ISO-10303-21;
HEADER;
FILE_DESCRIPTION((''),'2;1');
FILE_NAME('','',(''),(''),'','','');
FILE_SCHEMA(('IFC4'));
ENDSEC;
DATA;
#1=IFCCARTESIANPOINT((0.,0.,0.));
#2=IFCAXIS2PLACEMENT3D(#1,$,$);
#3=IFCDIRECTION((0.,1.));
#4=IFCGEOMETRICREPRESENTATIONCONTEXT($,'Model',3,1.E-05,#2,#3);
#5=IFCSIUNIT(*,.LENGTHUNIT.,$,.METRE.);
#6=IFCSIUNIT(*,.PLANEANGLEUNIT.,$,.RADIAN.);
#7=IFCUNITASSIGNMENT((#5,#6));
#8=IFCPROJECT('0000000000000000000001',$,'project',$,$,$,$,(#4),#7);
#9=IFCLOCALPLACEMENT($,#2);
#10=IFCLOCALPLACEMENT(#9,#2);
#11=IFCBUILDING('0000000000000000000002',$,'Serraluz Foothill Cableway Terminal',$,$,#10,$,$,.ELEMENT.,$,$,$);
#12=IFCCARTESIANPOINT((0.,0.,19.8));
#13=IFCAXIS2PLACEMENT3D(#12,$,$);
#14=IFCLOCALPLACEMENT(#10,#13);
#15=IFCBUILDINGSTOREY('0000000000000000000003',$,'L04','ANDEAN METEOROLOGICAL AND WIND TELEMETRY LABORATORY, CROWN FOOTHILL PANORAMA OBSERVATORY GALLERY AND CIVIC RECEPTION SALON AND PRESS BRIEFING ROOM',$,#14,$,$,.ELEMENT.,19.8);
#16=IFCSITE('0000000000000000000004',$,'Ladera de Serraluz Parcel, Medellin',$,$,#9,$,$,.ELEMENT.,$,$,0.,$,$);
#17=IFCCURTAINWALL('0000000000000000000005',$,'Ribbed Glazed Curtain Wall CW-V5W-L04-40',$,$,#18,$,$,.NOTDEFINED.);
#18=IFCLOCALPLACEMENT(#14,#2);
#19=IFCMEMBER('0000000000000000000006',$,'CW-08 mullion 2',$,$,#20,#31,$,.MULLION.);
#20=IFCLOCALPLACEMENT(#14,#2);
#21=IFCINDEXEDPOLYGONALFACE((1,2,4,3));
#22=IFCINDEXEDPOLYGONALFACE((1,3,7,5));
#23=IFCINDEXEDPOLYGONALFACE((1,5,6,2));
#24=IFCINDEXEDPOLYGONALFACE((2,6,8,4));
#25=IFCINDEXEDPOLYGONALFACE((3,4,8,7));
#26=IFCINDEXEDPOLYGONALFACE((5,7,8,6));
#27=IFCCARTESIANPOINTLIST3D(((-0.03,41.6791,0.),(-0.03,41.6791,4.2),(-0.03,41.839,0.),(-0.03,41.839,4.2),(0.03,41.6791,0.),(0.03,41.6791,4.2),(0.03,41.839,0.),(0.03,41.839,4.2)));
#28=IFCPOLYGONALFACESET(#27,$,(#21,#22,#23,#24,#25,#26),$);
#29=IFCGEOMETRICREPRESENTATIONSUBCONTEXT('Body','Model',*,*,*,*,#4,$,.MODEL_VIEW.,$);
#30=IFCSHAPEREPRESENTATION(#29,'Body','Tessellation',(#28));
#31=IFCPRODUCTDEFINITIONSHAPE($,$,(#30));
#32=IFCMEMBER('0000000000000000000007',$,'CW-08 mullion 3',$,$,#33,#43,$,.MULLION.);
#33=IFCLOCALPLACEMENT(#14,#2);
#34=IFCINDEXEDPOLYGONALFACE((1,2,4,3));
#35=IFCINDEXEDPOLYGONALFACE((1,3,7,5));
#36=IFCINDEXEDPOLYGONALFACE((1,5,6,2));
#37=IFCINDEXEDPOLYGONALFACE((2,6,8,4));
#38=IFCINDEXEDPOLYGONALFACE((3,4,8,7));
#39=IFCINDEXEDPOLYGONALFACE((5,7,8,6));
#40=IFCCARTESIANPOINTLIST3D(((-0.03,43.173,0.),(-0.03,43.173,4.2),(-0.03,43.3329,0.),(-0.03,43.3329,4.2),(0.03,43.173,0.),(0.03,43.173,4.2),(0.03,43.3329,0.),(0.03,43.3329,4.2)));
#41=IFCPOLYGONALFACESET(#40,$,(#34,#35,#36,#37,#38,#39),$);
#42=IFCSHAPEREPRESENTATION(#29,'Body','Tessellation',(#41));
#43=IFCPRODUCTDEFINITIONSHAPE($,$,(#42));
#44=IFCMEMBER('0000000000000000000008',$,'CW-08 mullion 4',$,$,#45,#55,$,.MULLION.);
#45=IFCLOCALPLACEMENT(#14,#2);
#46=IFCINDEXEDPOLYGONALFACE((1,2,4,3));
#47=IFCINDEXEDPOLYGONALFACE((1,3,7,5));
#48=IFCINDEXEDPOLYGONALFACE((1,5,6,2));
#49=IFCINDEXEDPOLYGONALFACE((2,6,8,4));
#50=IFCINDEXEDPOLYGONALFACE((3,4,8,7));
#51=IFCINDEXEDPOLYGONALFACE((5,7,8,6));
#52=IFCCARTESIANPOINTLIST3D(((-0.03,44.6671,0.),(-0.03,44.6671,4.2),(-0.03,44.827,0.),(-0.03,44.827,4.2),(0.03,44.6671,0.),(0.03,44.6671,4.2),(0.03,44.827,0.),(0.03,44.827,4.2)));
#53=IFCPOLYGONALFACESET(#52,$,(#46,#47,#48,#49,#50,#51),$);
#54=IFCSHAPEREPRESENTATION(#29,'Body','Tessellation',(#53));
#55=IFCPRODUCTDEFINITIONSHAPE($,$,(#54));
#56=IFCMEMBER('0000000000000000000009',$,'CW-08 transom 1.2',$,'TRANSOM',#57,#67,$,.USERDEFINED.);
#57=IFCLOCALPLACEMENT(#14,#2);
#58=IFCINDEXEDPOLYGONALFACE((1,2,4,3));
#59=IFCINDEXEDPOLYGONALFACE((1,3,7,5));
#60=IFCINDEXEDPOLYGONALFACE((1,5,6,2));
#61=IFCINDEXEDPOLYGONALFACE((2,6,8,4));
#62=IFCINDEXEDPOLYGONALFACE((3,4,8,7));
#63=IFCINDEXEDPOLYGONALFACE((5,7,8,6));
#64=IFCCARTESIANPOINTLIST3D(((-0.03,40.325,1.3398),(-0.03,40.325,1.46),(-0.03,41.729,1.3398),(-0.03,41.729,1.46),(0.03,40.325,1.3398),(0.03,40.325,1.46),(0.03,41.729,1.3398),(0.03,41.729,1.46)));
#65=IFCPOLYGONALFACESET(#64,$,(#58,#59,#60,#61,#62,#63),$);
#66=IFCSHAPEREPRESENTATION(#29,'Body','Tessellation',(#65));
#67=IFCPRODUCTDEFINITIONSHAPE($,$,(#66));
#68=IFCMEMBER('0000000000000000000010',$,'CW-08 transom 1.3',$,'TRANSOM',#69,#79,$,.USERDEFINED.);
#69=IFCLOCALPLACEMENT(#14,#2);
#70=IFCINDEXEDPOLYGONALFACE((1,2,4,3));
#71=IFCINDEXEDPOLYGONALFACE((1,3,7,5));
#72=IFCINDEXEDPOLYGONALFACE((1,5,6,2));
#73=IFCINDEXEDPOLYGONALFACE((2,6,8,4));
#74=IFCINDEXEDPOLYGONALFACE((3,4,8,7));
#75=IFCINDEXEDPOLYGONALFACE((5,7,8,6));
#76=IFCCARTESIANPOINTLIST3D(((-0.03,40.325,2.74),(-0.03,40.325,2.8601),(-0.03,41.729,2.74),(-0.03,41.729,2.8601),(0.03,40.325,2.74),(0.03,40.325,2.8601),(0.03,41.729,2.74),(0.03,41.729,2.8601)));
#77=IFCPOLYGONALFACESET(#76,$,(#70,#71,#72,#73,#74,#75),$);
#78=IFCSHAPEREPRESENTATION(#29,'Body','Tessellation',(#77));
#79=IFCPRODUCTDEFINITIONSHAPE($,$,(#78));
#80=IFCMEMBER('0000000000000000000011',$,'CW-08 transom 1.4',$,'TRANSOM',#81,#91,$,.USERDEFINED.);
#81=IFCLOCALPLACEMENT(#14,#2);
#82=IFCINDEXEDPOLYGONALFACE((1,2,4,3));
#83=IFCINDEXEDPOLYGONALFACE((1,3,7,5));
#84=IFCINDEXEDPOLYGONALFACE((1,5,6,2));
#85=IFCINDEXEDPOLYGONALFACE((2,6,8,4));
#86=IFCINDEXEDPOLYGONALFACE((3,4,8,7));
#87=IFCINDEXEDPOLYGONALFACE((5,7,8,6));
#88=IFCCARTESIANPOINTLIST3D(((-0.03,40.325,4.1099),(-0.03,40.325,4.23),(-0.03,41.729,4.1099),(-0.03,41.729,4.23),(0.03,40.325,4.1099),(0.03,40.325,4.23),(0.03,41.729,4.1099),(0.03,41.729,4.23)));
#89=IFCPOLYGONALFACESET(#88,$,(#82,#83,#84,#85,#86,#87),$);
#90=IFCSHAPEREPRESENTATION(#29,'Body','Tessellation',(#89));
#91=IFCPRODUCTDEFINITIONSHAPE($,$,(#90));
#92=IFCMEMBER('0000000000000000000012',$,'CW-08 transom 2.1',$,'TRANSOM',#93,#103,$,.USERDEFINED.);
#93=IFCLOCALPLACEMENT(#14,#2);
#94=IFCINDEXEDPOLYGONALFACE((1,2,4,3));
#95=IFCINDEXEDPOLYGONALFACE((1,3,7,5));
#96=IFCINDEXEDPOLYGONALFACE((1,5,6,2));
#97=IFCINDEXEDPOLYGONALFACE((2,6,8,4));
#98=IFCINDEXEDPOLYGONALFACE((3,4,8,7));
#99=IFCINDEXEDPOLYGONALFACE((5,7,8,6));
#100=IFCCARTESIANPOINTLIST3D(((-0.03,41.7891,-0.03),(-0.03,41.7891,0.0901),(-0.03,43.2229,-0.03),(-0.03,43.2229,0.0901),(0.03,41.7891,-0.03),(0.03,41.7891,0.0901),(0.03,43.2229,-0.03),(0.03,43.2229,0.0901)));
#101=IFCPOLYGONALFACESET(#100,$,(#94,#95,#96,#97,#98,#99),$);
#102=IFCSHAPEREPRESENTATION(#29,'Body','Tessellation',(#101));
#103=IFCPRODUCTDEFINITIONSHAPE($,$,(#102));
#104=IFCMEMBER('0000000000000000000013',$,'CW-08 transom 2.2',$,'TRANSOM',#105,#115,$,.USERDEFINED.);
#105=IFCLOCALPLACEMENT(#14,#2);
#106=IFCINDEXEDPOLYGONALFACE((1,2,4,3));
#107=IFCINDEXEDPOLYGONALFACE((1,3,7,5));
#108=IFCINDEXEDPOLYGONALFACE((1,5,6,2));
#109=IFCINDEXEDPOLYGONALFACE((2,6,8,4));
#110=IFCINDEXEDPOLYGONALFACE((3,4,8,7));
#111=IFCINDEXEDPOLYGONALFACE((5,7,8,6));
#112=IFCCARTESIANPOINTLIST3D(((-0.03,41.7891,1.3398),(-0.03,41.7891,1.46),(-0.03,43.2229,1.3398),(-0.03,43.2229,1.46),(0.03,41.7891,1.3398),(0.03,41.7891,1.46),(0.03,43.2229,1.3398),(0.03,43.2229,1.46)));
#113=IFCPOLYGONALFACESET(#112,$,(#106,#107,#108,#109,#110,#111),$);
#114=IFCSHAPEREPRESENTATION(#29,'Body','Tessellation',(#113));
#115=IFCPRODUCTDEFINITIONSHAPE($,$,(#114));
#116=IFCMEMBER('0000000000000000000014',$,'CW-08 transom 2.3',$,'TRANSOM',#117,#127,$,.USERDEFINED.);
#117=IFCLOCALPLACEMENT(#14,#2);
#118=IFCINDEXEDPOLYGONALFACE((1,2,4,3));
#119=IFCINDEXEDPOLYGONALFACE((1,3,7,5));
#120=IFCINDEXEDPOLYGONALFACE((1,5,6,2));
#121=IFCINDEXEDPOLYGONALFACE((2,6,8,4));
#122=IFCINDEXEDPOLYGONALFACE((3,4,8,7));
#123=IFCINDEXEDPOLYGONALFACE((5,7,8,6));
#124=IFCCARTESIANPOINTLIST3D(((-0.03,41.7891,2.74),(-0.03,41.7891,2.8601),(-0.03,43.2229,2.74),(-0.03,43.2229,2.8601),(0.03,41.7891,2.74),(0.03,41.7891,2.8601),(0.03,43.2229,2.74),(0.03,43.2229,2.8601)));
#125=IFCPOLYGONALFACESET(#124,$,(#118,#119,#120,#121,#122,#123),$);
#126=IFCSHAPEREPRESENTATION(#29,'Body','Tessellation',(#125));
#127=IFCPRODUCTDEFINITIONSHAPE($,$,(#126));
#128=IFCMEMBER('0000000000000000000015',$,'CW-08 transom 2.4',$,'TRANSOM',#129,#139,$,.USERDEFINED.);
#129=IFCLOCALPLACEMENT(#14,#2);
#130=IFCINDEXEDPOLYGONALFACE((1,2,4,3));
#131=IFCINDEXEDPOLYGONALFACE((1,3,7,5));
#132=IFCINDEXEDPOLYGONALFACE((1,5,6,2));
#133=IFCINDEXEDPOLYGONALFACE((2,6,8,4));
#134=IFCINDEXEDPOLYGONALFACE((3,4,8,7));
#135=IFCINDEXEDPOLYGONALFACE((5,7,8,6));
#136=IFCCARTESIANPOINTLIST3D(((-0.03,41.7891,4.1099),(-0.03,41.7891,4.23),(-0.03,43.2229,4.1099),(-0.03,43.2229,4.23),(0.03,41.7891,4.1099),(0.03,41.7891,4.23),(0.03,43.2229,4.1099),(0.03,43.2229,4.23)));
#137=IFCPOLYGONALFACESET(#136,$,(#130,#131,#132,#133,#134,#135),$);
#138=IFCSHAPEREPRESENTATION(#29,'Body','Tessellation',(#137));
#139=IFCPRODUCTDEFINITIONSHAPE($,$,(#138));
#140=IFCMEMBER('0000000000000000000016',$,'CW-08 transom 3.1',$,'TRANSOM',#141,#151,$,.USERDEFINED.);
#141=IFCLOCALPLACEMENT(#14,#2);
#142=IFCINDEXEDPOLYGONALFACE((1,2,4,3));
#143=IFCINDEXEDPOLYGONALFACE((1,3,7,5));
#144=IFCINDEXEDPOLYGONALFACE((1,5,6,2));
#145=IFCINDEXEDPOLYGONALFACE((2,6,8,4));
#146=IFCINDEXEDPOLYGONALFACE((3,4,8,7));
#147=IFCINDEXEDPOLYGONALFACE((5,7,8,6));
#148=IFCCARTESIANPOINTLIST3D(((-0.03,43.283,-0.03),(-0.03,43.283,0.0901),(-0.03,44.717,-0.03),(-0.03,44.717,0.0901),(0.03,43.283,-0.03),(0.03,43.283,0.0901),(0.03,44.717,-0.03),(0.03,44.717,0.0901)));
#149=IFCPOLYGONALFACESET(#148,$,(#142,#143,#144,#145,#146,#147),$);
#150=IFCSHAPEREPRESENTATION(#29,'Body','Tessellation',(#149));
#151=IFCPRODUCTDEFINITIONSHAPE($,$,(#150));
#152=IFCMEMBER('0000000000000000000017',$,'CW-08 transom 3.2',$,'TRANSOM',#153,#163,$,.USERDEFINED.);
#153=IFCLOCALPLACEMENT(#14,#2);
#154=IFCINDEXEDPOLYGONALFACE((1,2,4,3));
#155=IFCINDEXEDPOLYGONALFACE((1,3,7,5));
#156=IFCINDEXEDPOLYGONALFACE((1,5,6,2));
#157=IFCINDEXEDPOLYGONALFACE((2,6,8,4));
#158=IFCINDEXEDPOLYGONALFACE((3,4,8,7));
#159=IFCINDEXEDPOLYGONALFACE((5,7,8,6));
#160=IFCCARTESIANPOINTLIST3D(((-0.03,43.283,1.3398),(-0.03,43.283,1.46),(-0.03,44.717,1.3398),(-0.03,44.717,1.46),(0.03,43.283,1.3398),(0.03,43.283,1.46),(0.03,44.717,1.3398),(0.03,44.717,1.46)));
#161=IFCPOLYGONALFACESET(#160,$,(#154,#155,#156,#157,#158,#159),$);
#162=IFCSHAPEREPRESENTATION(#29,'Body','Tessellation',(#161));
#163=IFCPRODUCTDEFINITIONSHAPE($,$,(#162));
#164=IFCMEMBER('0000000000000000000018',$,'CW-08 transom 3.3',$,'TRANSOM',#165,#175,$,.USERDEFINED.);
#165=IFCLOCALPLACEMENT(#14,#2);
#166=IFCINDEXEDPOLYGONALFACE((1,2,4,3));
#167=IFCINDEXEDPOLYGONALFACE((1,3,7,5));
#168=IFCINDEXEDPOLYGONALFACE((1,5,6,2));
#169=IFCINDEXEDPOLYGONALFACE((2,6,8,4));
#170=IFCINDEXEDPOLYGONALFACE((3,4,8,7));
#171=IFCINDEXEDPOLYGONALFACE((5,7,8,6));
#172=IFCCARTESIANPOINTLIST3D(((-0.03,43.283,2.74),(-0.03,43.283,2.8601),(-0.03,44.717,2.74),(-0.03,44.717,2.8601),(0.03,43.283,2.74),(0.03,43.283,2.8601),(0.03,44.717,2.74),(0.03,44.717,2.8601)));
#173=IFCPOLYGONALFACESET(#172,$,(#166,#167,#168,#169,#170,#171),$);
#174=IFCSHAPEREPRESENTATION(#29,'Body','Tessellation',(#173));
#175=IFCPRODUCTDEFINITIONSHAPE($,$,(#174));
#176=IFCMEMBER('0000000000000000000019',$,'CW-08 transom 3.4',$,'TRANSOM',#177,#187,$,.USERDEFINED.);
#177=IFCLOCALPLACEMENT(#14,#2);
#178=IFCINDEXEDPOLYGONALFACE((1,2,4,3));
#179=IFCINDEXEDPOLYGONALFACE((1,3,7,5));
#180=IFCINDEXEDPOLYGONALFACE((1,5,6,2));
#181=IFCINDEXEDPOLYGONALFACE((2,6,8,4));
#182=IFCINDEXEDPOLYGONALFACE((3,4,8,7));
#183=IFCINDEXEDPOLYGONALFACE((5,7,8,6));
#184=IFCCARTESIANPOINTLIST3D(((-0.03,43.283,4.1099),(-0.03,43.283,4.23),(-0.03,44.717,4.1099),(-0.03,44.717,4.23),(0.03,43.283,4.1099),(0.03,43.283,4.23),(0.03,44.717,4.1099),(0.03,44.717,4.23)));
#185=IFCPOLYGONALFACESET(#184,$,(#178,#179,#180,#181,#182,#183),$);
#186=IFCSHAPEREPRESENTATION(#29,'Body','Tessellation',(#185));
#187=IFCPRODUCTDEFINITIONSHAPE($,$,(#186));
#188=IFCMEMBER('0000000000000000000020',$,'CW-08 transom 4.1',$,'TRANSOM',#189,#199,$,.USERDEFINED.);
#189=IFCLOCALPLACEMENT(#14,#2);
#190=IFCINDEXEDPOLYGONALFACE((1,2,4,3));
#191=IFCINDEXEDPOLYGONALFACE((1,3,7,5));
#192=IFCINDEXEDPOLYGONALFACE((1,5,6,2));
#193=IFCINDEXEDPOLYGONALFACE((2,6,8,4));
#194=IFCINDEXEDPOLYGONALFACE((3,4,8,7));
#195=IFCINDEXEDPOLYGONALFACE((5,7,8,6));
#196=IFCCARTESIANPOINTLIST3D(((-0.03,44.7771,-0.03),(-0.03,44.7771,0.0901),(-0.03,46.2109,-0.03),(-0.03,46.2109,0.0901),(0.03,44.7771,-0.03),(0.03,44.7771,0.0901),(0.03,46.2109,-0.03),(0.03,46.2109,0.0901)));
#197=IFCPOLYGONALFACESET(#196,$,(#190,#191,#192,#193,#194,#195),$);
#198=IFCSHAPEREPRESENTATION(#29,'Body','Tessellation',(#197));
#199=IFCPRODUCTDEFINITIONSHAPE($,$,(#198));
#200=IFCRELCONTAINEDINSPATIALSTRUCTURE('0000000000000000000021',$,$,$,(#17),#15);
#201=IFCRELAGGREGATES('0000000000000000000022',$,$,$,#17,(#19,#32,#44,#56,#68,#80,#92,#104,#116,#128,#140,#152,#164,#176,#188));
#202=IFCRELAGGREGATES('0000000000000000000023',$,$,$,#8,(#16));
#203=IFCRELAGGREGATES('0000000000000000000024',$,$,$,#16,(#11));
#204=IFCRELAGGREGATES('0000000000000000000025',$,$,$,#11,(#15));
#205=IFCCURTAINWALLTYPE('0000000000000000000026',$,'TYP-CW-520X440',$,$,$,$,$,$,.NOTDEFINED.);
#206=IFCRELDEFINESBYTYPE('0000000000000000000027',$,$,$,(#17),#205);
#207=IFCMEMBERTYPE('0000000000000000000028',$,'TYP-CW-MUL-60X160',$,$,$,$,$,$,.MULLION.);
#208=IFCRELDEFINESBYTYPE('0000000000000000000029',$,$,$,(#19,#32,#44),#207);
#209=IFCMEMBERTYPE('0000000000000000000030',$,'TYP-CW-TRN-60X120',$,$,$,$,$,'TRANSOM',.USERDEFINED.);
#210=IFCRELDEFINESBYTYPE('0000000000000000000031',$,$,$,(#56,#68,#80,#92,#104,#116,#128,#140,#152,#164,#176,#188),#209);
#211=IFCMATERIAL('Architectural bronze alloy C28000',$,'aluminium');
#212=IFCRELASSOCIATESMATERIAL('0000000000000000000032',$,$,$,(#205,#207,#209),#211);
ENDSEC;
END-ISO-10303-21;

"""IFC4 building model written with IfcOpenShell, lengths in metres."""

from ifc_helpers import new_model, si_unit, direction, frame, origin, origin_2d, place, context, subcontext, project, spatial, rectangle, extrude, material, material_profile, profile_set, type_object, element, aggregate, save


model = new_model("IFC4")

# Units and contexts
model_context = context("Model", 3, precision=1e-05, world=origin(), true_north=direction((0.0, 1.0)))
body_context = subcontext(model_context, "Body", "Model", "MODEL_VIEW")
ifc_project = project(units=[si_unit("LENGTHUNIT", "METRE"), si_unit("PLANEANGLEUNIT", "RADIAN")], contexts=[model_context])

# Site, building, storey
site_placement = place(None, origin())
site = spatial("IfcSite", under=ifc_project, at=site_placement, Name="Ladera de Serraluz Parcel, Medellin", CompositionType="ELEMENT", RefElevation=0.0)
building_placement = place(site_placement, origin())
building = spatial("IfcBuilding", under=site, at=building_placement, Name="Serraluz Foothill Cableway Terminal", CompositionType="ELEMENT")
storey_placement = place(building_placement, frame((0.0, 0.0, 19.8)))
storey = spatial("IfcBuildingStorey", under=building, at=storey_placement, Name="L04", Description="ANDEAN METEOROLOGICAL AND WIND TELEMETRY LABORATORY, CROWN FOOTHILL PANORAMA OBSERVATORY GALLERY AND CIVIC RECEPTION SALON AND PRESS BRIEFING ROOM", CompositionType="ELEMENT", Elevation=19.8)

# Curtain wall, members
ifc_material_1 = material(Name="Architectural bronze alloy C28000", Category="aluminium")
curtain_wall_type = type_object("IfcCurtainWallType", Name="TYP-CW-520X440", PredefinedType="NOTDEFINED", material=ifc_material_1)
curtain_wall_placement = place(storey_placement, origin())
curtain_wall = element("IfcCurtainWall", 1, at=curtain_wall_placement, inside=storey, type_object=curtain_wall_type, Name="Ribbed Glazed Curtain Wall CW-V5W-L04-40", PredefinedType="NOTDEFINED")
ifc_material_profile_1 = material_profile(ifc_material_1, rectangle(XDim=0.0601, YDim=0.1599, at=origin_2d()), Name="ALU MULLION 60x160")
ifc_profile_set_1 = profile_set([ifc_material_profile_1], Name="Architectural bronze alloy C28000")
member_type_1 = type_object("IfcMemberType", Name="TYP-CW-MUL-60X160", PredefinedType="MULLION", material=ifc_profile_set_1)
member_1_placement = place(storey_placement, frame((0.0, 41.759, 0.0), z_axis=(0.0, 0.0, 1.0), x_axis=(-1.0, 0.0, 0.0)))
member_1 = element("IfcMember", 2, at=member_1_placement, type_object=member_type_1, Name="CW-08 mullion 2", PredefinedType="MULLION", context=body_context, shape_type="SweptSolid", body=[
    extrude(rectangle(XDim=0.0601, YDim=0.1599, at=origin_2d()), origin(), (0.0, 0.0, 1.0), 4.2),
])
member_2_placement = place(storey_placement, frame((0.0, 43.2529, 0.0), z_axis=(0.0, 0.0, 1.0), x_axis=(-1.0, 0.0, 0.0)))
member_2 = element("IfcMember", 3, at=member_2_placement, type_object=member_type_1, Name="CW-08 mullion 3", PredefinedType="MULLION", context=body_context, shape_type="SweptSolid", body=[
    extrude(rectangle(XDim=0.0601, YDim=0.1599, at=origin_2d()), origin(), (0.0, 0.0, 1.0), 4.2),
])
member_3_placement = place(storey_placement, frame((0.0, 44.7471, 0.0), z_axis=(0.0, 0.0, 1.0), x_axis=(-1.0, 0.0, 0.0)))
member_3 = element("IfcMember", 4, at=member_3_placement, type_object=member_type_1, Name="CW-08 mullion 4", PredefinedType="MULLION", context=body_context, shape_type="SweptSolid", body=[
    extrude(rectangle(XDim=0.0601, YDim=0.1599, at=origin_2d()), origin(), (0.0, 0.0, 1.0), 4.2),
])
ifc_material_profile_2 = material_profile(ifc_material_1, rectangle(XDim=0.0601, YDim=0.1201, at=origin_2d()), Name="ALU TRANSOM 60x120")
ifc_profile_set_2 = profile_set([ifc_material_profile_2], Name="Architectural bronze alloy C28000")
member_type_2 = type_object("IfcMemberType", Name="TYP-CW-TRN-60X120", ElementType="TRANSOM", PredefinedType="USERDEFINED", material=ifc_profile_set_2)
member_4_placement = place(storey_placement, frame((0.0, 40.325, 1.3999), z_axis=(0.0, 1.0, 0.0), x_axis=(-1.0, 0.0, 0.0)))
member_4 = element("IfcMember", 5, at=member_4_placement, type_object=member_type_2, Name="CW-08 transom 1.2", ObjectType="TRANSOM", PredefinedType="USERDEFINED", context=body_context, shape_type="SweptSolid", body=[
    extrude(rectangle(XDim=0.0601, YDim=0.1201, at=origin_2d()), origin(), (0.0, 0.0, 1.0), 1.4041),
])
member_5_placement = place(storey_placement, frame((0.0, 40.325, 2.8), z_axis=(0.0, 1.0, 0.0), x_axis=(-1.0, 0.0, 0.0)))
member_5 = element("IfcMember", 6, at=member_5_placement, type_object=member_type_2, Name="CW-08 transom 1.3", ObjectType="TRANSOM", PredefinedType="USERDEFINED", context=body_context, shape_type="SweptSolid", body=[
    extrude(rectangle(XDim=0.0601, YDim=0.1201, at=origin_2d()), origin(), (0.0, 0.0, 1.0), 1.4041),
])
member_6_placement = place(storey_placement, frame((0.0, 40.325, 4.1699), z_axis=(0.0, 1.0, 0.0), x_axis=(-1.0, 0.0, 0.0)))
member_6 = element("IfcMember", 7, at=member_6_placement, type_object=member_type_2, Name="CW-08 transom 1.4", ObjectType="TRANSOM", PredefinedType="USERDEFINED", context=body_context, shape_type="SweptSolid", body=[
    extrude(rectangle(XDim=0.0601, YDim=0.1201, at=origin_2d()), origin(), (0.0, 0.0, 1.0), 1.4041),
])
member_7_placement = place(storey_placement, frame((0.0, 41.7891, 0.03), z_axis=(0.0, 1.0, 0.0), x_axis=(-1.0, 0.0, 0.0)))
member_7 = element("IfcMember", 8, at=member_7_placement, type_object=member_type_2, Name="CW-08 transom 2.1", ObjectType="TRANSOM", PredefinedType="USERDEFINED", context=body_context, shape_type="SweptSolid", body=[
    extrude(rectangle(XDim=0.0601, YDim=0.1201, at=origin_2d()), origin(), (0.0, 0.0, 1.0), 1.4338),
])
member_8_placement = place(storey_placement, frame((0.0, 41.7891, 1.3999), z_axis=(0.0, 1.0, 0.0), x_axis=(-1.0, 0.0, 0.0)))
member_8 = element("IfcMember", 9, at=member_8_placement, type_object=member_type_2, Name="CW-08 transom 2.2", ObjectType="TRANSOM", PredefinedType="USERDEFINED", context=body_context, shape_type="SweptSolid", body=[
    extrude(rectangle(XDim=0.0601, YDim=0.1201, at=origin_2d()), origin(), (0.0, 0.0, 1.0), 1.4338),
])
member_9_placement = place(storey_placement, frame((0.0, 41.7891, 2.8), z_axis=(0.0, 1.0, 0.0), x_axis=(-1.0, 0.0, 0.0)))
member_9 = element("IfcMember", 10, at=member_9_placement, type_object=member_type_2, Name="CW-08 transom 2.3", ObjectType="TRANSOM", PredefinedType="USERDEFINED", context=body_context, shape_type="SweptSolid", body=[
    extrude(rectangle(XDim=0.0601, YDim=0.1201, at=origin_2d()), origin(), (0.0, 0.0, 1.0), 1.4338),
])
member_10_placement = place(storey_placement, frame((0.0, 41.7891, 4.1699), z_axis=(0.0, 1.0, 0.0), x_axis=(-1.0, 0.0, 0.0)))
member_10 = element("IfcMember", 11, at=member_10_placement, type_object=member_type_2, Name="CW-08 transom 2.4", ObjectType="TRANSOM", PredefinedType="USERDEFINED", context=body_context, shape_type="SweptSolid", body=[
    extrude(rectangle(XDim=0.0601, YDim=0.1201, at=origin_2d()), origin(), (0.0, 0.0, 1.0), 1.4338),
])
member_11_placement = place(storey_placement, frame((0.0, 43.283, 0.03), z_axis=(0.0, 1.0, 0.0), x_axis=(-1.0, 0.0, 0.0)))
member_11 = element("IfcMember", 12, at=member_11_placement, type_object=member_type_2, Name="CW-08 transom 3.1", ObjectType="TRANSOM", PredefinedType="USERDEFINED", context=body_context, shape_type="SweptSolid", body=[
    extrude(rectangle(XDim=0.0601, YDim=0.1201, at=origin_2d()), origin(), (0.0, 0.0, 1.0), 1.4341),
])
member_12_placement = place(storey_placement, frame((0.0, 43.283, 1.3999), z_axis=(0.0, 1.0, 0.0), x_axis=(-1.0, 0.0, 0.0)))
member_12 = element("IfcMember", 13, at=member_12_placement, type_object=member_type_2, Name="CW-08 transom 3.2", ObjectType="TRANSOM", PredefinedType="USERDEFINED", context=body_context, shape_type="SweptSolid", body=[
    extrude(rectangle(XDim=0.0601, YDim=0.1201, at=origin_2d()), origin(), (0.0, 0.0, 1.0), 1.4341),
])
member_13_placement = place(storey_placement, frame((0.0, 43.283, 2.8), z_axis=(0.0, 1.0, 0.0), x_axis=(-1.0, 0.0, 0.0)))
member_13 = element("IfcMember", 14, at=member_13_placement, type_object=member_type_2, Name="CW-08 transom 3.3", ObjectType="TRANSOM", PredefinedType="USERDEFINED", context=body_context, shape_type="SweptSolid", body=[
    extrude(rectangle(XDim=0.0601, YDim=0.1201, at=origin_2d()), origin(), (0.0, 0.0, 1.0), 1.4341),
])
member_14_placement = place(storey_placement, frame((0.0, 43.283, 4.1699), z_axis=(0.0, 1.0, 0.0), x_axis=(-1.0, 0.0, 0.0)))
member_14 = element("IfcMember", 15, at=member_14_placement, type_object=member_type_2, Name="CW-08 transom 3.4", ObjectType="TRANSOM", PredefinedType="USERDEFINED", context=body_context, shape_type="SweptSolid", body=[
    extrude(rectangle(XDim=0.0601, YDim=0.1201, at=origin_2d()), origin(), (0.0, 0.0, 1.0), 1.4341),
])
member_15_placement = place(storey_placement, frame((0.0, 44.7771, 0.03), z_axis=(0.0, 1.0, 0.0), x_axis=(-1.0, 0.0, 0.0)))
member_15 = element("IfcMember", 16, at=member_15_placement, type_object=member_type_2, Name="CW-08 transom 4.1", ObjectType="TRANSOM", PredefinedType="USERDEFINED", context=body_context, shape_type="SweptSolid", body=[
    extrude(rectangle(XDim=0.0601, YDim=0.1201, at=origin_2d()), origin(), (0.0, 0.0, 1.0), 1.4338),
])
aggregate(curtain_wall, [member_1, member_2, member_3, member_4, member_5, member_6, member_7, member_8, member_9, member_10, member_11, member_12, member_13, member_14, member_15])

save(model, "model.ifc")
